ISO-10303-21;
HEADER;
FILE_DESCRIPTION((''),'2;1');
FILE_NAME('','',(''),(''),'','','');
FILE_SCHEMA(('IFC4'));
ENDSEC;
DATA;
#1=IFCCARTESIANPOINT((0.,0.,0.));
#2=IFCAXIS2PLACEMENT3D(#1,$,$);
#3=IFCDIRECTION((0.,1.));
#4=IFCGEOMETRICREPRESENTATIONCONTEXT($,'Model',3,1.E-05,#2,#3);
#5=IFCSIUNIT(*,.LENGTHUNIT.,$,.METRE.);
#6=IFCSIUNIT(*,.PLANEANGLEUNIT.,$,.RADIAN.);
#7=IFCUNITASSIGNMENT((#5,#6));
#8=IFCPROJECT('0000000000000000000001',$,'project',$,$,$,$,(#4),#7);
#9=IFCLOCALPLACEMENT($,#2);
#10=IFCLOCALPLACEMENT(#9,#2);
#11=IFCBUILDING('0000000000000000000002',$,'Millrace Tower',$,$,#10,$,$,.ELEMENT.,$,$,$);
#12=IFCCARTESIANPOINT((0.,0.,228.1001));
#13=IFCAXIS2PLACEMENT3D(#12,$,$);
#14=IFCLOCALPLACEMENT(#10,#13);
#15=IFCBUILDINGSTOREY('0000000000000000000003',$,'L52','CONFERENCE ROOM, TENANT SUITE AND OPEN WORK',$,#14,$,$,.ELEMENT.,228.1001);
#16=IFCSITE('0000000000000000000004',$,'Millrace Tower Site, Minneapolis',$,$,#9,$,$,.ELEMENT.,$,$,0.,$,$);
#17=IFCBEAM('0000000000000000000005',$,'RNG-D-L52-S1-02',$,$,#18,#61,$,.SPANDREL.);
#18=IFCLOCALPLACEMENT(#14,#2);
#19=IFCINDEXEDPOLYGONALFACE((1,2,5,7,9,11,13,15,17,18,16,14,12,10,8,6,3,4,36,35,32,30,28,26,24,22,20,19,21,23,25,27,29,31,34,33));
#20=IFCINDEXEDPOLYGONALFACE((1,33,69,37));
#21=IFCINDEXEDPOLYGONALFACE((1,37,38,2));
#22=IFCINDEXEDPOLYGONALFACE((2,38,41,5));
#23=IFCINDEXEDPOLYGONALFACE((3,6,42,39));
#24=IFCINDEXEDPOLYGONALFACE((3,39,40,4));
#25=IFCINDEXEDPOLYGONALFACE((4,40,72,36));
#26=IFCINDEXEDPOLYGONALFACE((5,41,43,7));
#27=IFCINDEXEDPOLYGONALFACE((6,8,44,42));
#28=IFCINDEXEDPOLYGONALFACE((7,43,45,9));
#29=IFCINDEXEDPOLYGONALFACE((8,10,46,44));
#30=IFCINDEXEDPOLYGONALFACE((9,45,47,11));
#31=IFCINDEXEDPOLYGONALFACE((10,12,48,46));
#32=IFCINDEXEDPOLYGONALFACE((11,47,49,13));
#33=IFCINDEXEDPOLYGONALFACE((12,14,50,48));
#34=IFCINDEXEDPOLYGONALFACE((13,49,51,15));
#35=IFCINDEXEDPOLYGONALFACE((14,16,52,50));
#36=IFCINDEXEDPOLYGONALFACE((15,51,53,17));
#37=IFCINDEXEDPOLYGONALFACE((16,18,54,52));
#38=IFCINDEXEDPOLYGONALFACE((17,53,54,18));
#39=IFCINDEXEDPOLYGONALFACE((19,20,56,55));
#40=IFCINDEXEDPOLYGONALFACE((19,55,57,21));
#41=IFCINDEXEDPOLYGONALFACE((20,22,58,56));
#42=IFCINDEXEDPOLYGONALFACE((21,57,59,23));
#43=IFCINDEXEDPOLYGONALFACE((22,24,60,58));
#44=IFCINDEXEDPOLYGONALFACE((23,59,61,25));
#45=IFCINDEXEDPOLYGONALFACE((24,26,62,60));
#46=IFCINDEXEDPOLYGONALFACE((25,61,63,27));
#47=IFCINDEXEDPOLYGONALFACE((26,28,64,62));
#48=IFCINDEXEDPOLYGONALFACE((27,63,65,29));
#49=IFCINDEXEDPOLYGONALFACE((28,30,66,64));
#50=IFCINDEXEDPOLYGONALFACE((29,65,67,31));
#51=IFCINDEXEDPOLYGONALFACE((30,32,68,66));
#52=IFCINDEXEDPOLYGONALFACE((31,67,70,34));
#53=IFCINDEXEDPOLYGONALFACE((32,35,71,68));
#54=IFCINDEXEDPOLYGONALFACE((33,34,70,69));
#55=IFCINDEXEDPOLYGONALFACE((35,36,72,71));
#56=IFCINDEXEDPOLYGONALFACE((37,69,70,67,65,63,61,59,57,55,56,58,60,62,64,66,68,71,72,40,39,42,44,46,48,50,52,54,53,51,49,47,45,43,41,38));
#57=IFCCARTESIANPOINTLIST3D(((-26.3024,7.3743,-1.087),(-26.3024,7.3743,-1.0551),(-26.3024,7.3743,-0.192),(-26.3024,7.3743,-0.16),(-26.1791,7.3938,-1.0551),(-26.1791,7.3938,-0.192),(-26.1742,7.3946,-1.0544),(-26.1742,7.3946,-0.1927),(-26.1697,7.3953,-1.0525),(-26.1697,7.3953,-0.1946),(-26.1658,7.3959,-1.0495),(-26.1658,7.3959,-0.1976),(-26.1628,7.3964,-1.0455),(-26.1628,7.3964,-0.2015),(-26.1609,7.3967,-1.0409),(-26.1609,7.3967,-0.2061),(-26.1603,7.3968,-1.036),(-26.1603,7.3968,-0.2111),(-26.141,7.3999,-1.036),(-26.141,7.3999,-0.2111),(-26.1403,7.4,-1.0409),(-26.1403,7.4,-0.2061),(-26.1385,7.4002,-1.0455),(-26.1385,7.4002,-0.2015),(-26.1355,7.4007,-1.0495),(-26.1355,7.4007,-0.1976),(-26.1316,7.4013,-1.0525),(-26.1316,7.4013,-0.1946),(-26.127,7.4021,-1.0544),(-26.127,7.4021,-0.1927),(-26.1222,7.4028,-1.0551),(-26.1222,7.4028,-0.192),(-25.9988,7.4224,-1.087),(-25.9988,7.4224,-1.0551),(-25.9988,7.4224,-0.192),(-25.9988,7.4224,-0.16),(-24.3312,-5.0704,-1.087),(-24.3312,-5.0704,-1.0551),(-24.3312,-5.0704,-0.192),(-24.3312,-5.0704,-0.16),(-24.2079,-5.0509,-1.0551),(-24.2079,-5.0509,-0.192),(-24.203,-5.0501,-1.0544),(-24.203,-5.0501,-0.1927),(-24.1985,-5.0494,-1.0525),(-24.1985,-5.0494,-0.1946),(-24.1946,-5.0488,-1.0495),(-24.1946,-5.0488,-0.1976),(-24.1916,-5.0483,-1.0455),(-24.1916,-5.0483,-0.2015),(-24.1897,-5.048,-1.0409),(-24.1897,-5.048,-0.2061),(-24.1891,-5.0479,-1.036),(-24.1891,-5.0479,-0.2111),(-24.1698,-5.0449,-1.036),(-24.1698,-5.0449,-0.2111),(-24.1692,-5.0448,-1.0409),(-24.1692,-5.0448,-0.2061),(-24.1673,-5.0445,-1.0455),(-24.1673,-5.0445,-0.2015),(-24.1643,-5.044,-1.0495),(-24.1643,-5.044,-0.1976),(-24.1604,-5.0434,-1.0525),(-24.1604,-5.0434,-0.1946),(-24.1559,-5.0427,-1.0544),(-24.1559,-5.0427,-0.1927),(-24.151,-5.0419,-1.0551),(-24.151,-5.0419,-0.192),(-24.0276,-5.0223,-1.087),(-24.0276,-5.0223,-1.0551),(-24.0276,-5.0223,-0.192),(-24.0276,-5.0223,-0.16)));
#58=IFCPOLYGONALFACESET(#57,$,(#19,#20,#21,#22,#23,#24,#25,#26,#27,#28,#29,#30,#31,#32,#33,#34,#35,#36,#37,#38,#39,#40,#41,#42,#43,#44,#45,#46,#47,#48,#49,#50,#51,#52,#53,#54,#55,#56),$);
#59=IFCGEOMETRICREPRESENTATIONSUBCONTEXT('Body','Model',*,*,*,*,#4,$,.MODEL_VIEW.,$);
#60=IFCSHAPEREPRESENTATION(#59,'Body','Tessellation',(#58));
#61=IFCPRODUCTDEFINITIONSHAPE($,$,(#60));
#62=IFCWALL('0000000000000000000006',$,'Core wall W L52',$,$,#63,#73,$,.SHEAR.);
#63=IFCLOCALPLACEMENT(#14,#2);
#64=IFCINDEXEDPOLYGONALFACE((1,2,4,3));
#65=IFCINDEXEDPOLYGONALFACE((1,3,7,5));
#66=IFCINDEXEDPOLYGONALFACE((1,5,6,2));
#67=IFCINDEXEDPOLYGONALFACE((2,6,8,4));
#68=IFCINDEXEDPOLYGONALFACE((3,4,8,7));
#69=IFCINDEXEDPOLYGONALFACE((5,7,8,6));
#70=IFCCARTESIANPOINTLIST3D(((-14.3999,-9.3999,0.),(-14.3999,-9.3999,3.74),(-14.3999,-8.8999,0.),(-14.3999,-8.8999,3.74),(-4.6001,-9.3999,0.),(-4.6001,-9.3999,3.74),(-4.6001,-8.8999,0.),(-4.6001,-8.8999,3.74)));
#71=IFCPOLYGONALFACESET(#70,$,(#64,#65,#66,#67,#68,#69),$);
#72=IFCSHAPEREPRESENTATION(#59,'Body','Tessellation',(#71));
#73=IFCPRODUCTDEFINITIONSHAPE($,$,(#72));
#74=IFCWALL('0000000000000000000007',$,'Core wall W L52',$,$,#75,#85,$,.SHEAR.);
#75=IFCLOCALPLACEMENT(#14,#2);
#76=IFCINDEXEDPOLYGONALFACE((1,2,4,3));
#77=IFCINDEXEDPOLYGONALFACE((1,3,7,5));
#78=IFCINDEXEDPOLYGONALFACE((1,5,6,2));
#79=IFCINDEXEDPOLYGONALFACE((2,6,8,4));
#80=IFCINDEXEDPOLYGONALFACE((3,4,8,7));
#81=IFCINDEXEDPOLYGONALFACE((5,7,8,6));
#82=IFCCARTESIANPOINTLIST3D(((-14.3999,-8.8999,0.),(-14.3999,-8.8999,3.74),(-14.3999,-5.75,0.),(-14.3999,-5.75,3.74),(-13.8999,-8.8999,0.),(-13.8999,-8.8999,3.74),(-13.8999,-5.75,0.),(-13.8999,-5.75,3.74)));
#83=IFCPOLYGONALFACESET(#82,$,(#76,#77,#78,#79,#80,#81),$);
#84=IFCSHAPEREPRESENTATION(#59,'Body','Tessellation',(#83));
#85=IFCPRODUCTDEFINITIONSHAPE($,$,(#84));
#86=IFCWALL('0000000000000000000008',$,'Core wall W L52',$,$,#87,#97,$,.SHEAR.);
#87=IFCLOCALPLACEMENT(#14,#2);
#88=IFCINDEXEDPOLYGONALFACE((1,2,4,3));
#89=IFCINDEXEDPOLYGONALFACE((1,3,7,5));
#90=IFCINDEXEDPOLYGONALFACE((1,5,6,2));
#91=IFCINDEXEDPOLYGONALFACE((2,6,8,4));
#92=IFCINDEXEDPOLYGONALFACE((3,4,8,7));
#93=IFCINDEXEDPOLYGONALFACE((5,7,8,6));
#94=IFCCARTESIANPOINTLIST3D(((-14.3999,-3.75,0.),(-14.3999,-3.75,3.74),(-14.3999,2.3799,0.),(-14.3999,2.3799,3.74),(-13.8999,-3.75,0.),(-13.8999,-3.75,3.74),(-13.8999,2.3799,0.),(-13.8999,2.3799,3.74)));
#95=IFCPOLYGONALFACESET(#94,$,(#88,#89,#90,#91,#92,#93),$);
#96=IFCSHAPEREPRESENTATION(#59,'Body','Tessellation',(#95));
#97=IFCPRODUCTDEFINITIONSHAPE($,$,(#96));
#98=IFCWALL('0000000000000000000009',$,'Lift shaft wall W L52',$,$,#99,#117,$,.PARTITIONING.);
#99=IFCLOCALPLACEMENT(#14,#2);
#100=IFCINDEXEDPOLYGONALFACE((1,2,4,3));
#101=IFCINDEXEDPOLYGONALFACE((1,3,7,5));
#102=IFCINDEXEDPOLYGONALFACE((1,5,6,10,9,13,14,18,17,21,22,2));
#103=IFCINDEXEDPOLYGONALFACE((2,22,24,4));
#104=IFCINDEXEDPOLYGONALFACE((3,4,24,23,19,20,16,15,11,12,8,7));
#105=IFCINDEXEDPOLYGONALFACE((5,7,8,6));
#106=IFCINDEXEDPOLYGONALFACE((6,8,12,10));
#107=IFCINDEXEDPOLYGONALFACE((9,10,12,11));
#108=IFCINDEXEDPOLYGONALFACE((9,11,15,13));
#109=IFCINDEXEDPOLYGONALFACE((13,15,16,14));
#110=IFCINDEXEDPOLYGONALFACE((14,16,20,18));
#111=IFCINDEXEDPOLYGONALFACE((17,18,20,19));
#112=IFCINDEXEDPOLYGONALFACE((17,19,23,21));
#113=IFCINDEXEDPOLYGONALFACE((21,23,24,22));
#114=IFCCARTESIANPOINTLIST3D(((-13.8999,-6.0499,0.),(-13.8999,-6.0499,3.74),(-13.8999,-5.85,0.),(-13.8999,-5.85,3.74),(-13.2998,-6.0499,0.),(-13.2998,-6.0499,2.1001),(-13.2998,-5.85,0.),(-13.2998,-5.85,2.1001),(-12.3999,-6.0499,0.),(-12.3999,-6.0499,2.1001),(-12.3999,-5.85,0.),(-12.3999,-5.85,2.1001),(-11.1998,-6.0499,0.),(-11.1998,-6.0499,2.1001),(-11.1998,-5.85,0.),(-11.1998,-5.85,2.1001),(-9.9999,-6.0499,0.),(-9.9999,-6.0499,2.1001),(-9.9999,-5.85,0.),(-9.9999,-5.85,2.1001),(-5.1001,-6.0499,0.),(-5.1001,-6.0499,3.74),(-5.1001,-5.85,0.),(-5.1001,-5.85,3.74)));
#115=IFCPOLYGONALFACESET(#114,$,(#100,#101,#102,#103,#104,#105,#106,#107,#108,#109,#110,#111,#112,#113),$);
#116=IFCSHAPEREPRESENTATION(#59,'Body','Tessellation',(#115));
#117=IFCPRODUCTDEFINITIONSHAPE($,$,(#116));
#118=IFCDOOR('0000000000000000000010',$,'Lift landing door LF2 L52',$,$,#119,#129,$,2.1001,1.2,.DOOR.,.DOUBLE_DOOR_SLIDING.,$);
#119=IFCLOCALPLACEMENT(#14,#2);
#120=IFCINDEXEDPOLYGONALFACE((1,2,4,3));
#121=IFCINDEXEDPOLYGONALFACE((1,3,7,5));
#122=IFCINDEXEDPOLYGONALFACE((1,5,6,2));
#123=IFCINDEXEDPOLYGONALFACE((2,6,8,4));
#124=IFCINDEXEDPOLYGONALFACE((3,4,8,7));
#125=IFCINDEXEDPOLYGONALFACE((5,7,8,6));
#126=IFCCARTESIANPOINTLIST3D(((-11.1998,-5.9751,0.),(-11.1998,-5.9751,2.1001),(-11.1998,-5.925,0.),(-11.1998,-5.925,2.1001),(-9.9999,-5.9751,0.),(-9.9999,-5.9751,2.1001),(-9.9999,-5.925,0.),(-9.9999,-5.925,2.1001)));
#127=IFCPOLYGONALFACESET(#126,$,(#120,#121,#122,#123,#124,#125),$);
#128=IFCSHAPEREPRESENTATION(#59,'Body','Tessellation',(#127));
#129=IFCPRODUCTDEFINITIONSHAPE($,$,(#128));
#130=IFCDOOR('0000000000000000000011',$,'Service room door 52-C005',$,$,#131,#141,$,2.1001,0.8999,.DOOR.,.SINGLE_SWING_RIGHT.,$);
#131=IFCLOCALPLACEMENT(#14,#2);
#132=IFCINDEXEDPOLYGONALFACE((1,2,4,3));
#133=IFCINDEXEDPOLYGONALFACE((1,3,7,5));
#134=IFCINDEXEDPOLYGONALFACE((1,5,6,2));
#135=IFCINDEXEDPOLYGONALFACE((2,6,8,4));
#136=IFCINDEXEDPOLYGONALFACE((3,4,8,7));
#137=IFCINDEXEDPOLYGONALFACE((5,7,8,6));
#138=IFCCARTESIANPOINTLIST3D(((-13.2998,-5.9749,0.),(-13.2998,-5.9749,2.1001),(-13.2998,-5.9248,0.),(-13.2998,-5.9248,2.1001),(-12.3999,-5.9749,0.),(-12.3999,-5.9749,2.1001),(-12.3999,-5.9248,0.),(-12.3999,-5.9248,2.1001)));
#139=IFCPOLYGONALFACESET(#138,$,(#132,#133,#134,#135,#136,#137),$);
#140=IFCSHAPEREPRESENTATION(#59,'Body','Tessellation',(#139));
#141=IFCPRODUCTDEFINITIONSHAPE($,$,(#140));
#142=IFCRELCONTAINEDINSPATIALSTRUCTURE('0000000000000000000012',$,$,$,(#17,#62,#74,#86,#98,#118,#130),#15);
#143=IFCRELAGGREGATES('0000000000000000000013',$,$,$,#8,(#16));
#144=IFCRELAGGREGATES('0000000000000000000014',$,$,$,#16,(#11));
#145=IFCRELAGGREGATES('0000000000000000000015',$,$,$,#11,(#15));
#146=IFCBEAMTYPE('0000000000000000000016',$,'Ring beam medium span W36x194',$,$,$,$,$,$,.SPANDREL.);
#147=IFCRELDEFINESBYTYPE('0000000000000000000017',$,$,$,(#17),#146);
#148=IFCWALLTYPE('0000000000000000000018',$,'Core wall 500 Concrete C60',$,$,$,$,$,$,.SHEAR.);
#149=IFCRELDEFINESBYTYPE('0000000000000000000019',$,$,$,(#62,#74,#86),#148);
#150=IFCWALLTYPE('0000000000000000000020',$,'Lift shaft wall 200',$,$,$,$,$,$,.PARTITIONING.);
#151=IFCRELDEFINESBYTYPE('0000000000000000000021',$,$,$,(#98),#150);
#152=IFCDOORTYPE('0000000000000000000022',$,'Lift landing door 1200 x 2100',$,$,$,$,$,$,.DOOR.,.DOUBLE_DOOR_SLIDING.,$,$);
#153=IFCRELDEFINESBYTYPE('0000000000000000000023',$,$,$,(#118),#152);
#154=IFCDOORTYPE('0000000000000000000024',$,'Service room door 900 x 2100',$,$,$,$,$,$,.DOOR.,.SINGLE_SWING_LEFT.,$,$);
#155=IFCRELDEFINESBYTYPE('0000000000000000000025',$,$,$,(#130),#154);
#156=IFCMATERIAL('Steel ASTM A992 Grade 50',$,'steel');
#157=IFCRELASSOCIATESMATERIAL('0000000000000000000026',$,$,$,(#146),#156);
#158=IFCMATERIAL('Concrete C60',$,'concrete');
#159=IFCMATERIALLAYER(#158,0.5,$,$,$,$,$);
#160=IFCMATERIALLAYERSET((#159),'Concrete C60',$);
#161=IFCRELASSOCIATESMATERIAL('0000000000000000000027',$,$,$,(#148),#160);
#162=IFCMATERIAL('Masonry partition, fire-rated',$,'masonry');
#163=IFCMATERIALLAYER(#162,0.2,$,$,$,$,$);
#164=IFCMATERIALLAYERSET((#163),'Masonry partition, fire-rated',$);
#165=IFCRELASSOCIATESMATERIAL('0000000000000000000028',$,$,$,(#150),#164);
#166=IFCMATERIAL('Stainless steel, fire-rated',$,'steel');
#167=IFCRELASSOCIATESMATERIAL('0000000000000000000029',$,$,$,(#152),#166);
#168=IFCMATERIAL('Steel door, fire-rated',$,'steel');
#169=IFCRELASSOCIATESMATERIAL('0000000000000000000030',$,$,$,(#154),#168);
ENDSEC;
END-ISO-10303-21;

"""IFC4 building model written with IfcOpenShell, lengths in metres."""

from ifc_helpers import new_model, si_unit, direction, frame, frame_2d, origin, origin_2d, place, context, subcontext, project, spatial, rectangle, i_section, extrude, material, layer, layer_set, material_profile, profile_set, type_object, element, fill, save


model = new_model("IFC4")

# Units and contexts
model_context = context("Model", 3, precision=1e-05, world=origin(), true_north=direction((0.0, 1.0)))
body_context = subcontext(model_context, "Body", "Model", "MODEL_VIEW")
ifc_project = project(units=[si_unit("LENGTHUNIT", "METRE"), si_unit("PLANEANGLEUNIT", "RADIAN")], contexts=[model_context])

# Site, building, storey
site_placement = place(None, origin())
site = spatial("IfcSite", under=ifc_project, at=site_placement, Name="Millrace Tower Site, Minneapolis", CompositionType="ELEMENT", RefElevation=0.0)
building_placement = place(site_placement, origin())
building = spatial("IfcBuilding", under=site, at=building_placement, Name="Millrace Tower", CompositionType="ELEMENT")
storey_placement = place(building_placement, frame((0.0, 0.0, 228.1001)))
storey = spatial("IfcBuildingStorey", under=building, at=storey_placement, Name="L52", Description="CONFERENCE ROOM, TENANT SUITE AND OPEN WORK", CompositionType="ELEMENT", Elevation=228.1001)

# Beam
ifc_material_1 = material(Name="Steel ASTM A992 Grade 50", Category="steel")
ifc_material_profile_1 = material_profile(ifc_material_1, i_section(OverallWidth=0.3074, OverallDepth=0.927, WebThickness=0.0195, FlangeThickness=0.032, FilletRadius=0.019, at=origin_2d()))
ifc_profile_set_1 = profile_set([ifc_material_profile_1], Name="Steel ASTM A992 Grade 50")
beam_type_1 = type_object("IfcBeamType", Name="Ring beam medium span W36x194", PredefinedType="SPANDREL", material=ifc_profile_set_1)
beam_1_placement = place(storey_placement, frame((-24.1794, -5.0464, -0.6235), z_axis=(-0.156444, 0.987687, 0.0), x_axis=(-0.987687, -0.156444, 0.0)))
element("IfcBeam", 1, at=beam_1_placement, inside=storey, type_object=beam_type_1, Name="RNG-D-L52-S1-02", PredefinedType="SPANDREL", context=body_context, shape_type="SweptSolid", body=[
    extrude(i_section(OverallWidth=0.3074, OverallDepth=0.927, WebThickness=0.0195, FlangeThickness=0.032, FilletRadius=0.019, at=origin_2d()), origin(), (0.0, 0.0, 1.0), 12.5999),
])

# Walls
ifc_material_2 = material(Name="Concrete C60", Category="concrete")
ifc_layer_1 = layer(ifc_material_2, 0.5)
ifc_layer_set_1 = layer_set([ifc_layer_1], Name="Concrete C60")
wall_type_1 = type_object("IfcWallType", Name="Core wall 500 Concrete C60", PredefinedType="SHEAR", material=ifc_layer_set_1)
wall_1_placement = place(storey_placement, frame((-14.3999, -9.1499, 0.0), z_axis=(0.0, 0.0, 1.0), x_axis=(1.0, 0.0, 0.0)))
element("IfcWall", 2, at=wall_1_placement, inside=storey, type_object=wall_type_1, Name="Core wall W L52", PredefinedType="SHEAR", context=body_context, shape_type="SweptSolid", body=[
    extrude(rectangle(XDim=9.7998, YDim=0.5, at=frame_2d((4.8999, 0.0))), origin(), (0.0, 0.0, 1.0), 3.74),
])
wall_2_placement = place(storey_placement, frame((-14.1499, -8.8999, 0.0), z_axis=(0.0, 0.0, 1.0), x_axis=(0.0, 1.0, 0.0)))
element("IfcWall", 3, at=wall_2_placement, inside=storey, type_object=wall_type_1, Name="Core wall W L52", PredefinedType="SHEAR", context=body_context, shape_type="SweptSolid", body=[
    extrude(rectangle(XDim=3.1499, YDim=0.5, at=frame_2d((1.575, 0.0))), origin(), (0.0, 0.0, 1.0), 3.74),
])
wall_3_placement = place(storey_placement, frame((-14.1499, -3.75, 0.0), z_axis=(0.0, 0.0, 1.0), x_axis=(0.0, 1.0, 0.0)))
element("IfcWall", 4, at=wall_3_placement, inside=storey, type_object=wall_type_1, Name="Core wall W L52", PredefinedType="SHEAR", context=body_context, shape_type="SweptSolid", body=[
    extrude(rectangle(XDim=6.1299, YDim=0.5, at=frame_2d((3.0649, 0.0))), origin(), (0.0, 0.0, 1.0), 3.74),
])

# Wall, openings, doors
ifc_material_3 = material(Name="Masonry partition, fire-rated", Category="masonry")
ifc_layer_2 = layer(ifc_material_3, 0.2)
ifc_layer_set_2 = layer_set([ifc_layer_2], Name="Masonry partition, fire-rated")
wall_type_2 = type_object("IfcWallType", Name="Lift shaft wall 200", PredefinedType="PARTITIONING", material=ifc_layer_set_2)
wall_4_placement = place(storey_placement, frame((-13.8999, -5.95, 0.0), z_axis=(0.0, 0.0, 1.0), x_axis=(1.0, 0.0, 0.0)))
wall_4 = element("IfcWall", 5, at=wall_4_placement, inside=storey, type_object=wall_type_2, Name="Lift shaft wall W L52", PredefinedType="PARTITIONING", context=body_context, shape_type="SweptSolid", body=[
    extrude(rectangle(XDim=8.7998, YDim=0.2, at=frame_2d((4.3999, 0.0))), origin(), (0.0, 0.0, 1.0), 3.74),
])
opening_1_placement = place(wall_4_placement, frame((2.7, 0.0, 0.0)))
opening_1 = element("IfcOpeningElement", 6, at=opening_1_placement, cuts=wall_4, PredefinedType="OPENING", context=body_context, shape_type="SweptSolid", body=[
    extrude(rectangle(XDim=1.2, YDim=2.1001, at=frame_2d((0.6001, 1.05))), frame((0.0, 0.1099, 0.0), z_axis=(0.0, -1.0, 0.0), x_axis=(1.0, 0.0, 0.0)), (0.0, 0.0, 1.0), 0.22),
])
opening_2_placement = place(wall_4_placement, frame((0.6001, 0.0, 0.0)))
opening_2 = element("IfcOpeningElement", 7, at=opening_2_placement, cuts=wall_4, PredefinedType="OPENING", context=body_context, shape_type="SweptSolid", body=[
    extrude(rectangle(XDim=0.8999, YDim=2.1001, at=frame_2d((0.45, 1.05))), frame((0.0, 0.1099, 0.0), z_axis=(0.0, -1.0, 0.0), x_axis=(1.0, 0.0, 0.0)), (0.0, 0.0, 1.0), 0.22),
])
ifc_material_4 = material(Name="Stainless steel, fire-rated", Category="steel")
door_type_1 = type_object("IfcDoorType", Name="Lift landing door 1200 x 2100", OperationType="DOUBLE_DOOR_SLIDING", PredefinedType="DOOR", material=ifc_material_4)
door_1_placement = place(opening_1_placement, origin())
door_1 = element("IfcDoor", 8, at=door_1_placement, inside=storey, type_object=door_type_1, Name="Lift landing door LF2 L52", OperationType="DOUBLE_DOOR_SLIDING", OverallHeight=2.1001, OverallWidth=1.2, PredefinedType="DOOR", context=body_context, shape_type="SweptSolid", body=[
    extrude(rectangle(XDim=1.2, YDim=2.1001, at=frame_2d((0.6001, 1.05))), frame((0.0, 0.0249, 0.0), z_axis=(0.0, -1.0, 0.0), x_axis=(1.0, 0.0, 0.0)), (0.0, 0.0, 1.0), 0.05),
])
fill(opening_1, door_1)
ifc_material_5 = material(Name="Steel door, fire-rated", Category="steel")
door_type_2 = type_object("IfcDoorType", Name="Service room door 900 x 2100", OperationType="SINGLE_SWING_LEFT", PredefinedType="DOOR", material=ifc_material_5)
door_2_placement = place(opening_2_placement, frame((0.8999, 0.0, 0.0), z_axis=(0.0, 0.0, 1.0), x_axis=(-1.0, 0.0, 0.0)))
door_2 = element("IfcDoor", 9, at=door_2_placement, inside=storey, type_object=door_type_2, Name="Service room door 52-C005", OperationType="SINGLE_SWING_RIGHT", OverallHeight=2.1001, OverallWidth=0.8999, PredefinedType="DOOR", context=body_context, shape_type="SweptSolid", body=[
    extrude(rectangle(XDim=0.8999, YDim=2.1001, at=frame_2d((0.45, 1.05))), frame((0.0, 0.0249, 0.0), z_axis=(0.0, -1.0, 0.0), x_axis=(1.0, 0.0, 0.0)), (0.0, 0.0, 1.0), 0.05),
])
fill(opening_2, door_2)

save(model, "model.ifc")
